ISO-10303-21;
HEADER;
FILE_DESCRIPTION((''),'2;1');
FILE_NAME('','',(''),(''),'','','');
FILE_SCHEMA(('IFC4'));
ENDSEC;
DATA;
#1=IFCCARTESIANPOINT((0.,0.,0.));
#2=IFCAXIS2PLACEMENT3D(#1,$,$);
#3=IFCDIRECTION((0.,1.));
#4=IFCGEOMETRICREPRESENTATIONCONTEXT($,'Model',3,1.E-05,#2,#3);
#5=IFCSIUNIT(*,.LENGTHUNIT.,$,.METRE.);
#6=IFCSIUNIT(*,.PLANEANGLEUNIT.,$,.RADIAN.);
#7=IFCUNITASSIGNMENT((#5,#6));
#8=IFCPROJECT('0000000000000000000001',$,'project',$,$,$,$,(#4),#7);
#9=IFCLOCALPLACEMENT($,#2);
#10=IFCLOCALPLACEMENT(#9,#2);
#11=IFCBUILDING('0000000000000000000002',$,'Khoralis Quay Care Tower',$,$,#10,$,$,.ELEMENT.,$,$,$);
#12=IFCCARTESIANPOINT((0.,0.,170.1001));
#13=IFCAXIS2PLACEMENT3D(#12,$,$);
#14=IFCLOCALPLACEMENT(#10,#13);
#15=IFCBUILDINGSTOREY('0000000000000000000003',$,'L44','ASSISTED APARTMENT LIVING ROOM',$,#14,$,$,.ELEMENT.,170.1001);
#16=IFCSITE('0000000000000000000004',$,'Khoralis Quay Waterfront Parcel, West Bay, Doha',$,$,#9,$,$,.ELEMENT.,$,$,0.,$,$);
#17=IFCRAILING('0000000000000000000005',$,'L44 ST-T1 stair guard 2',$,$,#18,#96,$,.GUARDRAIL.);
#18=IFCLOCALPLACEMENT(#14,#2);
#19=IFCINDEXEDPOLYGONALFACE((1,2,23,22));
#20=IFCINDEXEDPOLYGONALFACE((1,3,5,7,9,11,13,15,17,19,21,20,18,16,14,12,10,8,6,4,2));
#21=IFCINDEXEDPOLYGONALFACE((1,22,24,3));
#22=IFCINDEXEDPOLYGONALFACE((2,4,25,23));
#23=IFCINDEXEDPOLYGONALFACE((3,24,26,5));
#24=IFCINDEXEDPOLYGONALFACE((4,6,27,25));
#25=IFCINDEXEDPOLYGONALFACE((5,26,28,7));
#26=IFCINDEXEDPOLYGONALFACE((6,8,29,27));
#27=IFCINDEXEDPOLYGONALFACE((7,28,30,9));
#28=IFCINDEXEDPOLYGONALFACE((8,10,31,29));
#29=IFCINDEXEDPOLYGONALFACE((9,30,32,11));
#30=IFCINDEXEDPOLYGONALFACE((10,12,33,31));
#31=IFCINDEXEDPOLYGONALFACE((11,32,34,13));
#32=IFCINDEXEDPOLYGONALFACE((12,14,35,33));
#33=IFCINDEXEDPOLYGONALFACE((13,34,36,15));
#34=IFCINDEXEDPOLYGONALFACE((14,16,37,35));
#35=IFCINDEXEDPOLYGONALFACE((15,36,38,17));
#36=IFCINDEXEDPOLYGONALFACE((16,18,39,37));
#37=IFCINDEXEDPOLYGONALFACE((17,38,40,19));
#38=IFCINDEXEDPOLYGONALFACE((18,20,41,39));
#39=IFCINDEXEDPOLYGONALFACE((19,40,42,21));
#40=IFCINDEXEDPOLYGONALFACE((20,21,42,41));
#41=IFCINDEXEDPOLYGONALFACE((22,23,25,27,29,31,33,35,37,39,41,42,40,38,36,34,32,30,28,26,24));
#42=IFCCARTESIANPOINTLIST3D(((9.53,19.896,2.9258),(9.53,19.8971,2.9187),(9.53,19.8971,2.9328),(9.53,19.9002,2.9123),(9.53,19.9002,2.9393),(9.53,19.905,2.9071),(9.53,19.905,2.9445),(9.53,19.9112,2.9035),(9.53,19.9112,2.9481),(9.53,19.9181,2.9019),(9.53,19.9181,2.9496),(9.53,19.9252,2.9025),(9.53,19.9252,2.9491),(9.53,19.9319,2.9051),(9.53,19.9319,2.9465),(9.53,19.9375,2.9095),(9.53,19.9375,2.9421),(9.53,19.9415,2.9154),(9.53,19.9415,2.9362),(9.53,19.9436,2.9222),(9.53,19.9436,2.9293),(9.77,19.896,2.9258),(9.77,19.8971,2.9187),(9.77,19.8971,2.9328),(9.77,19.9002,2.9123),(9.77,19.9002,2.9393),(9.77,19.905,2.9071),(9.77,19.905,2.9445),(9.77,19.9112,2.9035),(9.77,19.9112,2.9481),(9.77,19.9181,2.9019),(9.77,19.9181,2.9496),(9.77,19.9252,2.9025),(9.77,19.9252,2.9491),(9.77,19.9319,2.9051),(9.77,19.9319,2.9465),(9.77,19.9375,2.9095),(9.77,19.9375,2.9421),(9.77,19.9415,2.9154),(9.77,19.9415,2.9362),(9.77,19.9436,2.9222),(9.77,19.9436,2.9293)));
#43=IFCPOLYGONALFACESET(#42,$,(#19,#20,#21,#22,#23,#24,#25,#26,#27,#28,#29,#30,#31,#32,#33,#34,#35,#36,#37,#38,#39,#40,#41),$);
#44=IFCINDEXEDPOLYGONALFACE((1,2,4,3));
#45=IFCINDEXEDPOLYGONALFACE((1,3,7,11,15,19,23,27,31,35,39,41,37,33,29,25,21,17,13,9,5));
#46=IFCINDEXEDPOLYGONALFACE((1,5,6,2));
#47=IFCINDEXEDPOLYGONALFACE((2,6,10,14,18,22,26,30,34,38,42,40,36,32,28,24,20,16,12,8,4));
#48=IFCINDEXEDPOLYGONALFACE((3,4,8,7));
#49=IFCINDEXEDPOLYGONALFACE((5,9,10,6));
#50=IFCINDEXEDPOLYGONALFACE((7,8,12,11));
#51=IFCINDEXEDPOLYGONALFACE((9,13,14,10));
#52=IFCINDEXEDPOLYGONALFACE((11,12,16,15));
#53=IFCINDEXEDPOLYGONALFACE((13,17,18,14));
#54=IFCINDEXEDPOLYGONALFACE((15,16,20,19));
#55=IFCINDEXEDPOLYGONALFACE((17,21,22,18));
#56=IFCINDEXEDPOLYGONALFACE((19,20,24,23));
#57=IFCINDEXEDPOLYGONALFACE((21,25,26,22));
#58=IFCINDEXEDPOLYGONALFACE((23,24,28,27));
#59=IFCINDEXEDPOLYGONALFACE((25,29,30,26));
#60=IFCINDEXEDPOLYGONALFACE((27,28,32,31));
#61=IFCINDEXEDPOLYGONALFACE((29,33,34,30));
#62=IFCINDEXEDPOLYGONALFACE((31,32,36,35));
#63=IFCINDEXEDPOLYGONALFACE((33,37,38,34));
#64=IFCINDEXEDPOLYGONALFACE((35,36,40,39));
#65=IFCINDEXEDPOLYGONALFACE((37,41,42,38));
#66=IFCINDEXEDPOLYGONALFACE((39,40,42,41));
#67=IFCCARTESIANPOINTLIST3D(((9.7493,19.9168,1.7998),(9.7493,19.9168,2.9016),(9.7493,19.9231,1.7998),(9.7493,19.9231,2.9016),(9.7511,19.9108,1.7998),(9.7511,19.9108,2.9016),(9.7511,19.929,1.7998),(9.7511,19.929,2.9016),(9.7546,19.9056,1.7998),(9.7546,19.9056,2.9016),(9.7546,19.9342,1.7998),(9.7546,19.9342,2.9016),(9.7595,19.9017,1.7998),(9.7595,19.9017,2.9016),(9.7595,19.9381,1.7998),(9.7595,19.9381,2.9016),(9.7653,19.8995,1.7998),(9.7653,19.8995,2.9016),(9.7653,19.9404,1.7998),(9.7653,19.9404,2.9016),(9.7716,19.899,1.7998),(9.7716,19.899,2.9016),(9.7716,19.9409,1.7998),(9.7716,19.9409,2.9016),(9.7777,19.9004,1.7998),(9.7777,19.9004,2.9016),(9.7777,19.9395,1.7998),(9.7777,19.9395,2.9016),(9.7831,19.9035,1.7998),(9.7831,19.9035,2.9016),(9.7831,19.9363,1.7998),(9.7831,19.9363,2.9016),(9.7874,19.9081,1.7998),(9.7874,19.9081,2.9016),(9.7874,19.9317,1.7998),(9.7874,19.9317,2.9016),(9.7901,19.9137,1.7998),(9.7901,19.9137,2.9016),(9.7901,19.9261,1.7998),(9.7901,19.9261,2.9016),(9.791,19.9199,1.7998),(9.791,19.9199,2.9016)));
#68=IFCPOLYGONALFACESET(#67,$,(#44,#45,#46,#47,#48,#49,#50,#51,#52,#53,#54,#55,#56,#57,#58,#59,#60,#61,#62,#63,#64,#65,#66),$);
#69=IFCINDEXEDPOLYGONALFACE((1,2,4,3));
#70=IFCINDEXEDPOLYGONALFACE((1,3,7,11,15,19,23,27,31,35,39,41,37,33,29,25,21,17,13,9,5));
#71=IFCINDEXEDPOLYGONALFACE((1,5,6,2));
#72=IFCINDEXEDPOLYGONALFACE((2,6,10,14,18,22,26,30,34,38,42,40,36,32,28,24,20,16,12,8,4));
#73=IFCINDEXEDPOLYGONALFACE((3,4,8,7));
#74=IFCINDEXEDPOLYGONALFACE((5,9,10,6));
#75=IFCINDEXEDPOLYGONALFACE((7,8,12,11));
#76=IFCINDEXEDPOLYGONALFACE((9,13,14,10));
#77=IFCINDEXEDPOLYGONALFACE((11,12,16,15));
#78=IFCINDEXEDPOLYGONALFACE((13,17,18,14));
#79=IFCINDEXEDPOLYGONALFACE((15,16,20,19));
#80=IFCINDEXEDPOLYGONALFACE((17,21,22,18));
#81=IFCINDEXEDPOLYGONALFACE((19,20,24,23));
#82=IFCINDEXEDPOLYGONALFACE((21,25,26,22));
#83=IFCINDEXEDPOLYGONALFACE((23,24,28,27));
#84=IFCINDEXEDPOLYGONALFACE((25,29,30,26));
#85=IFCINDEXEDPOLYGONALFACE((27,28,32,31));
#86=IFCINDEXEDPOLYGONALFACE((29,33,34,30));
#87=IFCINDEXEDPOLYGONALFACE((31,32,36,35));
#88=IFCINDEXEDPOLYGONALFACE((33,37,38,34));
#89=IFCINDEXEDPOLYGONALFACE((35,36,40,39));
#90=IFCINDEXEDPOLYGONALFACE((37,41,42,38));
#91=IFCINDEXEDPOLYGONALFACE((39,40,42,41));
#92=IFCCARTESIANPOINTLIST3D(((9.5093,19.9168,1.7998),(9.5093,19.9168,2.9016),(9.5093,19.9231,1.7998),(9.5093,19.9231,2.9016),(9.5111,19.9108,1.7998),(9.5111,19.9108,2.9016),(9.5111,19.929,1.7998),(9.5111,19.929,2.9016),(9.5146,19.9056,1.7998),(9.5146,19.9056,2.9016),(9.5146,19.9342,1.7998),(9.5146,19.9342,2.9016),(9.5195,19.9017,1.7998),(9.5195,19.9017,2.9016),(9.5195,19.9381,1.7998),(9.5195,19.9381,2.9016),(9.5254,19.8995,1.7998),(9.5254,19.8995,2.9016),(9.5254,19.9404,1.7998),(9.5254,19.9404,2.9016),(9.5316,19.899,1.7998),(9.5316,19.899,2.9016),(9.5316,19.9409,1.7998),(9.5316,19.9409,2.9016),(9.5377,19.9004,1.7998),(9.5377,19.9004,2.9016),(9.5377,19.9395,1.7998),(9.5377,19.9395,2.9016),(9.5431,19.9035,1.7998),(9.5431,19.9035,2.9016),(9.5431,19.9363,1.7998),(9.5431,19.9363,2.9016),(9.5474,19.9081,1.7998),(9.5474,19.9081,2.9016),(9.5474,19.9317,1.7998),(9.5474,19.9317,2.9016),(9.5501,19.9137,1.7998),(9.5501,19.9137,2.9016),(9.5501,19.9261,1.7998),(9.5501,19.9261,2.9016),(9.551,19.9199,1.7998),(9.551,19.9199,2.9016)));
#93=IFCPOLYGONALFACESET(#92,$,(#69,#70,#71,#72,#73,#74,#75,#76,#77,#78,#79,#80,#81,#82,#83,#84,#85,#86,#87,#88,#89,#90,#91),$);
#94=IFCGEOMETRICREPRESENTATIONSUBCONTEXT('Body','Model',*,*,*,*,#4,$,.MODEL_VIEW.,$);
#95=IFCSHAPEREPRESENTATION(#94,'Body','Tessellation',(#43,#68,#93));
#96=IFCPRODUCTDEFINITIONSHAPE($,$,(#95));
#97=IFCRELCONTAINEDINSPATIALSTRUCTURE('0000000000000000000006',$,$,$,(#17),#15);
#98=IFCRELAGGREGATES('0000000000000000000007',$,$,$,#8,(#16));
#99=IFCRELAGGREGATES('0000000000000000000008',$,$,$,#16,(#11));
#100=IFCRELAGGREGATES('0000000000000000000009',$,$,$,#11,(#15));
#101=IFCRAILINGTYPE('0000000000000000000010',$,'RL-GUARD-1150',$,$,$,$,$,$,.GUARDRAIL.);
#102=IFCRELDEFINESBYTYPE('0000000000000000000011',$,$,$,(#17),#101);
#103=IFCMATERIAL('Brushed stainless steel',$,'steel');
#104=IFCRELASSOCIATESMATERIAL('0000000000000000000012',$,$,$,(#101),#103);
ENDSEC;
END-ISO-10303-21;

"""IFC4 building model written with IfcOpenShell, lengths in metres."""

from ifc_helpers import new_model, si_unit, direction, frame, origin, origin_2d, place, context, subcontext, project, spatial, circle, extrude, material, type_object, element, save


model = new_model("IFC4")

# Units and contexts
model_context = context("Model", 3, precision=1e-05, world=origin(), true_north=direction((0.0, 1.0)))
body_context = subcontext(model_context, "Body", "Model", "MODEL_VIEW")
ifc_project = project(units=[si_unit("LENGTHUNIT", "METRE"), si_unit("PLANEANGLEUNIT", "RADIAN")], contexts=[model_context])

# Site, building, storey
site_placement = place(None, origin())
site = spatial("IfcSite", under=ifc_project, at=site_placement, Name="Khoralis Quay Waterfront Parcel, West Bay, Doha", CompositionType="ELEMENT", RefElevation=0.0)
building_placement = place(site_placement, origin())
building = spatial("IfcBuilding", under=site, at=building_placement, Name="Khoralis Quay Care Tower", CompositionType="ELEMENT")
storey_placement = place(building_placement, frame((0.0, 0.0, 170.1001)))
storey = spatial("IfcBuildingStorey", under=building, at=storey_placement, Name="L44", Description="ASSISTED APARTMENT LIVING ROOM", CompositionType="ELEMENT", Elevation=170.1001)

# Shared definitions
ifc_material_1 = material(Name="Brushed stainless steel", Category="steel")

# Railing
railing_type_1 = type_object("IfcRailingType", Name="RL-GUARD-1150", PredefinedType="GUARDRAIL", material=ifc_material_1)
railing_1_placement = place(storey_placement, frame((9.77, 19.9199, 1.7998)))
element("IfcRailing", 1, at=railing_1_placement, inside=storey, type_object=railing_type_1, Name="L44 ST-T1 stair guard 2", PredefinedType="GUARDRAIL", context=body_context, shape_type="SweptSolid", body=[
    extrude(circle(Radius=0.0239, at=origin_2d()), frame((0.0, 0.0, 1.126), z_axis=(-1.0, 0.0, 0.0), x_axis=(0.0, -1.0, 0.0)), (0.0, 0.0, 1.0), 0.24),
    extrude(circle(Radius=0.021, at=origin_2d()), origin(), (0.0, 0.0, 1.0), 1.1018),
    extrude(circle(Radius=0.021, at=origin_2d()), frame((-0.24, 0.0, 0.0)), (0.0, 0.0, 1.0), 1.1018),
])

save(model, "model.ifc")
